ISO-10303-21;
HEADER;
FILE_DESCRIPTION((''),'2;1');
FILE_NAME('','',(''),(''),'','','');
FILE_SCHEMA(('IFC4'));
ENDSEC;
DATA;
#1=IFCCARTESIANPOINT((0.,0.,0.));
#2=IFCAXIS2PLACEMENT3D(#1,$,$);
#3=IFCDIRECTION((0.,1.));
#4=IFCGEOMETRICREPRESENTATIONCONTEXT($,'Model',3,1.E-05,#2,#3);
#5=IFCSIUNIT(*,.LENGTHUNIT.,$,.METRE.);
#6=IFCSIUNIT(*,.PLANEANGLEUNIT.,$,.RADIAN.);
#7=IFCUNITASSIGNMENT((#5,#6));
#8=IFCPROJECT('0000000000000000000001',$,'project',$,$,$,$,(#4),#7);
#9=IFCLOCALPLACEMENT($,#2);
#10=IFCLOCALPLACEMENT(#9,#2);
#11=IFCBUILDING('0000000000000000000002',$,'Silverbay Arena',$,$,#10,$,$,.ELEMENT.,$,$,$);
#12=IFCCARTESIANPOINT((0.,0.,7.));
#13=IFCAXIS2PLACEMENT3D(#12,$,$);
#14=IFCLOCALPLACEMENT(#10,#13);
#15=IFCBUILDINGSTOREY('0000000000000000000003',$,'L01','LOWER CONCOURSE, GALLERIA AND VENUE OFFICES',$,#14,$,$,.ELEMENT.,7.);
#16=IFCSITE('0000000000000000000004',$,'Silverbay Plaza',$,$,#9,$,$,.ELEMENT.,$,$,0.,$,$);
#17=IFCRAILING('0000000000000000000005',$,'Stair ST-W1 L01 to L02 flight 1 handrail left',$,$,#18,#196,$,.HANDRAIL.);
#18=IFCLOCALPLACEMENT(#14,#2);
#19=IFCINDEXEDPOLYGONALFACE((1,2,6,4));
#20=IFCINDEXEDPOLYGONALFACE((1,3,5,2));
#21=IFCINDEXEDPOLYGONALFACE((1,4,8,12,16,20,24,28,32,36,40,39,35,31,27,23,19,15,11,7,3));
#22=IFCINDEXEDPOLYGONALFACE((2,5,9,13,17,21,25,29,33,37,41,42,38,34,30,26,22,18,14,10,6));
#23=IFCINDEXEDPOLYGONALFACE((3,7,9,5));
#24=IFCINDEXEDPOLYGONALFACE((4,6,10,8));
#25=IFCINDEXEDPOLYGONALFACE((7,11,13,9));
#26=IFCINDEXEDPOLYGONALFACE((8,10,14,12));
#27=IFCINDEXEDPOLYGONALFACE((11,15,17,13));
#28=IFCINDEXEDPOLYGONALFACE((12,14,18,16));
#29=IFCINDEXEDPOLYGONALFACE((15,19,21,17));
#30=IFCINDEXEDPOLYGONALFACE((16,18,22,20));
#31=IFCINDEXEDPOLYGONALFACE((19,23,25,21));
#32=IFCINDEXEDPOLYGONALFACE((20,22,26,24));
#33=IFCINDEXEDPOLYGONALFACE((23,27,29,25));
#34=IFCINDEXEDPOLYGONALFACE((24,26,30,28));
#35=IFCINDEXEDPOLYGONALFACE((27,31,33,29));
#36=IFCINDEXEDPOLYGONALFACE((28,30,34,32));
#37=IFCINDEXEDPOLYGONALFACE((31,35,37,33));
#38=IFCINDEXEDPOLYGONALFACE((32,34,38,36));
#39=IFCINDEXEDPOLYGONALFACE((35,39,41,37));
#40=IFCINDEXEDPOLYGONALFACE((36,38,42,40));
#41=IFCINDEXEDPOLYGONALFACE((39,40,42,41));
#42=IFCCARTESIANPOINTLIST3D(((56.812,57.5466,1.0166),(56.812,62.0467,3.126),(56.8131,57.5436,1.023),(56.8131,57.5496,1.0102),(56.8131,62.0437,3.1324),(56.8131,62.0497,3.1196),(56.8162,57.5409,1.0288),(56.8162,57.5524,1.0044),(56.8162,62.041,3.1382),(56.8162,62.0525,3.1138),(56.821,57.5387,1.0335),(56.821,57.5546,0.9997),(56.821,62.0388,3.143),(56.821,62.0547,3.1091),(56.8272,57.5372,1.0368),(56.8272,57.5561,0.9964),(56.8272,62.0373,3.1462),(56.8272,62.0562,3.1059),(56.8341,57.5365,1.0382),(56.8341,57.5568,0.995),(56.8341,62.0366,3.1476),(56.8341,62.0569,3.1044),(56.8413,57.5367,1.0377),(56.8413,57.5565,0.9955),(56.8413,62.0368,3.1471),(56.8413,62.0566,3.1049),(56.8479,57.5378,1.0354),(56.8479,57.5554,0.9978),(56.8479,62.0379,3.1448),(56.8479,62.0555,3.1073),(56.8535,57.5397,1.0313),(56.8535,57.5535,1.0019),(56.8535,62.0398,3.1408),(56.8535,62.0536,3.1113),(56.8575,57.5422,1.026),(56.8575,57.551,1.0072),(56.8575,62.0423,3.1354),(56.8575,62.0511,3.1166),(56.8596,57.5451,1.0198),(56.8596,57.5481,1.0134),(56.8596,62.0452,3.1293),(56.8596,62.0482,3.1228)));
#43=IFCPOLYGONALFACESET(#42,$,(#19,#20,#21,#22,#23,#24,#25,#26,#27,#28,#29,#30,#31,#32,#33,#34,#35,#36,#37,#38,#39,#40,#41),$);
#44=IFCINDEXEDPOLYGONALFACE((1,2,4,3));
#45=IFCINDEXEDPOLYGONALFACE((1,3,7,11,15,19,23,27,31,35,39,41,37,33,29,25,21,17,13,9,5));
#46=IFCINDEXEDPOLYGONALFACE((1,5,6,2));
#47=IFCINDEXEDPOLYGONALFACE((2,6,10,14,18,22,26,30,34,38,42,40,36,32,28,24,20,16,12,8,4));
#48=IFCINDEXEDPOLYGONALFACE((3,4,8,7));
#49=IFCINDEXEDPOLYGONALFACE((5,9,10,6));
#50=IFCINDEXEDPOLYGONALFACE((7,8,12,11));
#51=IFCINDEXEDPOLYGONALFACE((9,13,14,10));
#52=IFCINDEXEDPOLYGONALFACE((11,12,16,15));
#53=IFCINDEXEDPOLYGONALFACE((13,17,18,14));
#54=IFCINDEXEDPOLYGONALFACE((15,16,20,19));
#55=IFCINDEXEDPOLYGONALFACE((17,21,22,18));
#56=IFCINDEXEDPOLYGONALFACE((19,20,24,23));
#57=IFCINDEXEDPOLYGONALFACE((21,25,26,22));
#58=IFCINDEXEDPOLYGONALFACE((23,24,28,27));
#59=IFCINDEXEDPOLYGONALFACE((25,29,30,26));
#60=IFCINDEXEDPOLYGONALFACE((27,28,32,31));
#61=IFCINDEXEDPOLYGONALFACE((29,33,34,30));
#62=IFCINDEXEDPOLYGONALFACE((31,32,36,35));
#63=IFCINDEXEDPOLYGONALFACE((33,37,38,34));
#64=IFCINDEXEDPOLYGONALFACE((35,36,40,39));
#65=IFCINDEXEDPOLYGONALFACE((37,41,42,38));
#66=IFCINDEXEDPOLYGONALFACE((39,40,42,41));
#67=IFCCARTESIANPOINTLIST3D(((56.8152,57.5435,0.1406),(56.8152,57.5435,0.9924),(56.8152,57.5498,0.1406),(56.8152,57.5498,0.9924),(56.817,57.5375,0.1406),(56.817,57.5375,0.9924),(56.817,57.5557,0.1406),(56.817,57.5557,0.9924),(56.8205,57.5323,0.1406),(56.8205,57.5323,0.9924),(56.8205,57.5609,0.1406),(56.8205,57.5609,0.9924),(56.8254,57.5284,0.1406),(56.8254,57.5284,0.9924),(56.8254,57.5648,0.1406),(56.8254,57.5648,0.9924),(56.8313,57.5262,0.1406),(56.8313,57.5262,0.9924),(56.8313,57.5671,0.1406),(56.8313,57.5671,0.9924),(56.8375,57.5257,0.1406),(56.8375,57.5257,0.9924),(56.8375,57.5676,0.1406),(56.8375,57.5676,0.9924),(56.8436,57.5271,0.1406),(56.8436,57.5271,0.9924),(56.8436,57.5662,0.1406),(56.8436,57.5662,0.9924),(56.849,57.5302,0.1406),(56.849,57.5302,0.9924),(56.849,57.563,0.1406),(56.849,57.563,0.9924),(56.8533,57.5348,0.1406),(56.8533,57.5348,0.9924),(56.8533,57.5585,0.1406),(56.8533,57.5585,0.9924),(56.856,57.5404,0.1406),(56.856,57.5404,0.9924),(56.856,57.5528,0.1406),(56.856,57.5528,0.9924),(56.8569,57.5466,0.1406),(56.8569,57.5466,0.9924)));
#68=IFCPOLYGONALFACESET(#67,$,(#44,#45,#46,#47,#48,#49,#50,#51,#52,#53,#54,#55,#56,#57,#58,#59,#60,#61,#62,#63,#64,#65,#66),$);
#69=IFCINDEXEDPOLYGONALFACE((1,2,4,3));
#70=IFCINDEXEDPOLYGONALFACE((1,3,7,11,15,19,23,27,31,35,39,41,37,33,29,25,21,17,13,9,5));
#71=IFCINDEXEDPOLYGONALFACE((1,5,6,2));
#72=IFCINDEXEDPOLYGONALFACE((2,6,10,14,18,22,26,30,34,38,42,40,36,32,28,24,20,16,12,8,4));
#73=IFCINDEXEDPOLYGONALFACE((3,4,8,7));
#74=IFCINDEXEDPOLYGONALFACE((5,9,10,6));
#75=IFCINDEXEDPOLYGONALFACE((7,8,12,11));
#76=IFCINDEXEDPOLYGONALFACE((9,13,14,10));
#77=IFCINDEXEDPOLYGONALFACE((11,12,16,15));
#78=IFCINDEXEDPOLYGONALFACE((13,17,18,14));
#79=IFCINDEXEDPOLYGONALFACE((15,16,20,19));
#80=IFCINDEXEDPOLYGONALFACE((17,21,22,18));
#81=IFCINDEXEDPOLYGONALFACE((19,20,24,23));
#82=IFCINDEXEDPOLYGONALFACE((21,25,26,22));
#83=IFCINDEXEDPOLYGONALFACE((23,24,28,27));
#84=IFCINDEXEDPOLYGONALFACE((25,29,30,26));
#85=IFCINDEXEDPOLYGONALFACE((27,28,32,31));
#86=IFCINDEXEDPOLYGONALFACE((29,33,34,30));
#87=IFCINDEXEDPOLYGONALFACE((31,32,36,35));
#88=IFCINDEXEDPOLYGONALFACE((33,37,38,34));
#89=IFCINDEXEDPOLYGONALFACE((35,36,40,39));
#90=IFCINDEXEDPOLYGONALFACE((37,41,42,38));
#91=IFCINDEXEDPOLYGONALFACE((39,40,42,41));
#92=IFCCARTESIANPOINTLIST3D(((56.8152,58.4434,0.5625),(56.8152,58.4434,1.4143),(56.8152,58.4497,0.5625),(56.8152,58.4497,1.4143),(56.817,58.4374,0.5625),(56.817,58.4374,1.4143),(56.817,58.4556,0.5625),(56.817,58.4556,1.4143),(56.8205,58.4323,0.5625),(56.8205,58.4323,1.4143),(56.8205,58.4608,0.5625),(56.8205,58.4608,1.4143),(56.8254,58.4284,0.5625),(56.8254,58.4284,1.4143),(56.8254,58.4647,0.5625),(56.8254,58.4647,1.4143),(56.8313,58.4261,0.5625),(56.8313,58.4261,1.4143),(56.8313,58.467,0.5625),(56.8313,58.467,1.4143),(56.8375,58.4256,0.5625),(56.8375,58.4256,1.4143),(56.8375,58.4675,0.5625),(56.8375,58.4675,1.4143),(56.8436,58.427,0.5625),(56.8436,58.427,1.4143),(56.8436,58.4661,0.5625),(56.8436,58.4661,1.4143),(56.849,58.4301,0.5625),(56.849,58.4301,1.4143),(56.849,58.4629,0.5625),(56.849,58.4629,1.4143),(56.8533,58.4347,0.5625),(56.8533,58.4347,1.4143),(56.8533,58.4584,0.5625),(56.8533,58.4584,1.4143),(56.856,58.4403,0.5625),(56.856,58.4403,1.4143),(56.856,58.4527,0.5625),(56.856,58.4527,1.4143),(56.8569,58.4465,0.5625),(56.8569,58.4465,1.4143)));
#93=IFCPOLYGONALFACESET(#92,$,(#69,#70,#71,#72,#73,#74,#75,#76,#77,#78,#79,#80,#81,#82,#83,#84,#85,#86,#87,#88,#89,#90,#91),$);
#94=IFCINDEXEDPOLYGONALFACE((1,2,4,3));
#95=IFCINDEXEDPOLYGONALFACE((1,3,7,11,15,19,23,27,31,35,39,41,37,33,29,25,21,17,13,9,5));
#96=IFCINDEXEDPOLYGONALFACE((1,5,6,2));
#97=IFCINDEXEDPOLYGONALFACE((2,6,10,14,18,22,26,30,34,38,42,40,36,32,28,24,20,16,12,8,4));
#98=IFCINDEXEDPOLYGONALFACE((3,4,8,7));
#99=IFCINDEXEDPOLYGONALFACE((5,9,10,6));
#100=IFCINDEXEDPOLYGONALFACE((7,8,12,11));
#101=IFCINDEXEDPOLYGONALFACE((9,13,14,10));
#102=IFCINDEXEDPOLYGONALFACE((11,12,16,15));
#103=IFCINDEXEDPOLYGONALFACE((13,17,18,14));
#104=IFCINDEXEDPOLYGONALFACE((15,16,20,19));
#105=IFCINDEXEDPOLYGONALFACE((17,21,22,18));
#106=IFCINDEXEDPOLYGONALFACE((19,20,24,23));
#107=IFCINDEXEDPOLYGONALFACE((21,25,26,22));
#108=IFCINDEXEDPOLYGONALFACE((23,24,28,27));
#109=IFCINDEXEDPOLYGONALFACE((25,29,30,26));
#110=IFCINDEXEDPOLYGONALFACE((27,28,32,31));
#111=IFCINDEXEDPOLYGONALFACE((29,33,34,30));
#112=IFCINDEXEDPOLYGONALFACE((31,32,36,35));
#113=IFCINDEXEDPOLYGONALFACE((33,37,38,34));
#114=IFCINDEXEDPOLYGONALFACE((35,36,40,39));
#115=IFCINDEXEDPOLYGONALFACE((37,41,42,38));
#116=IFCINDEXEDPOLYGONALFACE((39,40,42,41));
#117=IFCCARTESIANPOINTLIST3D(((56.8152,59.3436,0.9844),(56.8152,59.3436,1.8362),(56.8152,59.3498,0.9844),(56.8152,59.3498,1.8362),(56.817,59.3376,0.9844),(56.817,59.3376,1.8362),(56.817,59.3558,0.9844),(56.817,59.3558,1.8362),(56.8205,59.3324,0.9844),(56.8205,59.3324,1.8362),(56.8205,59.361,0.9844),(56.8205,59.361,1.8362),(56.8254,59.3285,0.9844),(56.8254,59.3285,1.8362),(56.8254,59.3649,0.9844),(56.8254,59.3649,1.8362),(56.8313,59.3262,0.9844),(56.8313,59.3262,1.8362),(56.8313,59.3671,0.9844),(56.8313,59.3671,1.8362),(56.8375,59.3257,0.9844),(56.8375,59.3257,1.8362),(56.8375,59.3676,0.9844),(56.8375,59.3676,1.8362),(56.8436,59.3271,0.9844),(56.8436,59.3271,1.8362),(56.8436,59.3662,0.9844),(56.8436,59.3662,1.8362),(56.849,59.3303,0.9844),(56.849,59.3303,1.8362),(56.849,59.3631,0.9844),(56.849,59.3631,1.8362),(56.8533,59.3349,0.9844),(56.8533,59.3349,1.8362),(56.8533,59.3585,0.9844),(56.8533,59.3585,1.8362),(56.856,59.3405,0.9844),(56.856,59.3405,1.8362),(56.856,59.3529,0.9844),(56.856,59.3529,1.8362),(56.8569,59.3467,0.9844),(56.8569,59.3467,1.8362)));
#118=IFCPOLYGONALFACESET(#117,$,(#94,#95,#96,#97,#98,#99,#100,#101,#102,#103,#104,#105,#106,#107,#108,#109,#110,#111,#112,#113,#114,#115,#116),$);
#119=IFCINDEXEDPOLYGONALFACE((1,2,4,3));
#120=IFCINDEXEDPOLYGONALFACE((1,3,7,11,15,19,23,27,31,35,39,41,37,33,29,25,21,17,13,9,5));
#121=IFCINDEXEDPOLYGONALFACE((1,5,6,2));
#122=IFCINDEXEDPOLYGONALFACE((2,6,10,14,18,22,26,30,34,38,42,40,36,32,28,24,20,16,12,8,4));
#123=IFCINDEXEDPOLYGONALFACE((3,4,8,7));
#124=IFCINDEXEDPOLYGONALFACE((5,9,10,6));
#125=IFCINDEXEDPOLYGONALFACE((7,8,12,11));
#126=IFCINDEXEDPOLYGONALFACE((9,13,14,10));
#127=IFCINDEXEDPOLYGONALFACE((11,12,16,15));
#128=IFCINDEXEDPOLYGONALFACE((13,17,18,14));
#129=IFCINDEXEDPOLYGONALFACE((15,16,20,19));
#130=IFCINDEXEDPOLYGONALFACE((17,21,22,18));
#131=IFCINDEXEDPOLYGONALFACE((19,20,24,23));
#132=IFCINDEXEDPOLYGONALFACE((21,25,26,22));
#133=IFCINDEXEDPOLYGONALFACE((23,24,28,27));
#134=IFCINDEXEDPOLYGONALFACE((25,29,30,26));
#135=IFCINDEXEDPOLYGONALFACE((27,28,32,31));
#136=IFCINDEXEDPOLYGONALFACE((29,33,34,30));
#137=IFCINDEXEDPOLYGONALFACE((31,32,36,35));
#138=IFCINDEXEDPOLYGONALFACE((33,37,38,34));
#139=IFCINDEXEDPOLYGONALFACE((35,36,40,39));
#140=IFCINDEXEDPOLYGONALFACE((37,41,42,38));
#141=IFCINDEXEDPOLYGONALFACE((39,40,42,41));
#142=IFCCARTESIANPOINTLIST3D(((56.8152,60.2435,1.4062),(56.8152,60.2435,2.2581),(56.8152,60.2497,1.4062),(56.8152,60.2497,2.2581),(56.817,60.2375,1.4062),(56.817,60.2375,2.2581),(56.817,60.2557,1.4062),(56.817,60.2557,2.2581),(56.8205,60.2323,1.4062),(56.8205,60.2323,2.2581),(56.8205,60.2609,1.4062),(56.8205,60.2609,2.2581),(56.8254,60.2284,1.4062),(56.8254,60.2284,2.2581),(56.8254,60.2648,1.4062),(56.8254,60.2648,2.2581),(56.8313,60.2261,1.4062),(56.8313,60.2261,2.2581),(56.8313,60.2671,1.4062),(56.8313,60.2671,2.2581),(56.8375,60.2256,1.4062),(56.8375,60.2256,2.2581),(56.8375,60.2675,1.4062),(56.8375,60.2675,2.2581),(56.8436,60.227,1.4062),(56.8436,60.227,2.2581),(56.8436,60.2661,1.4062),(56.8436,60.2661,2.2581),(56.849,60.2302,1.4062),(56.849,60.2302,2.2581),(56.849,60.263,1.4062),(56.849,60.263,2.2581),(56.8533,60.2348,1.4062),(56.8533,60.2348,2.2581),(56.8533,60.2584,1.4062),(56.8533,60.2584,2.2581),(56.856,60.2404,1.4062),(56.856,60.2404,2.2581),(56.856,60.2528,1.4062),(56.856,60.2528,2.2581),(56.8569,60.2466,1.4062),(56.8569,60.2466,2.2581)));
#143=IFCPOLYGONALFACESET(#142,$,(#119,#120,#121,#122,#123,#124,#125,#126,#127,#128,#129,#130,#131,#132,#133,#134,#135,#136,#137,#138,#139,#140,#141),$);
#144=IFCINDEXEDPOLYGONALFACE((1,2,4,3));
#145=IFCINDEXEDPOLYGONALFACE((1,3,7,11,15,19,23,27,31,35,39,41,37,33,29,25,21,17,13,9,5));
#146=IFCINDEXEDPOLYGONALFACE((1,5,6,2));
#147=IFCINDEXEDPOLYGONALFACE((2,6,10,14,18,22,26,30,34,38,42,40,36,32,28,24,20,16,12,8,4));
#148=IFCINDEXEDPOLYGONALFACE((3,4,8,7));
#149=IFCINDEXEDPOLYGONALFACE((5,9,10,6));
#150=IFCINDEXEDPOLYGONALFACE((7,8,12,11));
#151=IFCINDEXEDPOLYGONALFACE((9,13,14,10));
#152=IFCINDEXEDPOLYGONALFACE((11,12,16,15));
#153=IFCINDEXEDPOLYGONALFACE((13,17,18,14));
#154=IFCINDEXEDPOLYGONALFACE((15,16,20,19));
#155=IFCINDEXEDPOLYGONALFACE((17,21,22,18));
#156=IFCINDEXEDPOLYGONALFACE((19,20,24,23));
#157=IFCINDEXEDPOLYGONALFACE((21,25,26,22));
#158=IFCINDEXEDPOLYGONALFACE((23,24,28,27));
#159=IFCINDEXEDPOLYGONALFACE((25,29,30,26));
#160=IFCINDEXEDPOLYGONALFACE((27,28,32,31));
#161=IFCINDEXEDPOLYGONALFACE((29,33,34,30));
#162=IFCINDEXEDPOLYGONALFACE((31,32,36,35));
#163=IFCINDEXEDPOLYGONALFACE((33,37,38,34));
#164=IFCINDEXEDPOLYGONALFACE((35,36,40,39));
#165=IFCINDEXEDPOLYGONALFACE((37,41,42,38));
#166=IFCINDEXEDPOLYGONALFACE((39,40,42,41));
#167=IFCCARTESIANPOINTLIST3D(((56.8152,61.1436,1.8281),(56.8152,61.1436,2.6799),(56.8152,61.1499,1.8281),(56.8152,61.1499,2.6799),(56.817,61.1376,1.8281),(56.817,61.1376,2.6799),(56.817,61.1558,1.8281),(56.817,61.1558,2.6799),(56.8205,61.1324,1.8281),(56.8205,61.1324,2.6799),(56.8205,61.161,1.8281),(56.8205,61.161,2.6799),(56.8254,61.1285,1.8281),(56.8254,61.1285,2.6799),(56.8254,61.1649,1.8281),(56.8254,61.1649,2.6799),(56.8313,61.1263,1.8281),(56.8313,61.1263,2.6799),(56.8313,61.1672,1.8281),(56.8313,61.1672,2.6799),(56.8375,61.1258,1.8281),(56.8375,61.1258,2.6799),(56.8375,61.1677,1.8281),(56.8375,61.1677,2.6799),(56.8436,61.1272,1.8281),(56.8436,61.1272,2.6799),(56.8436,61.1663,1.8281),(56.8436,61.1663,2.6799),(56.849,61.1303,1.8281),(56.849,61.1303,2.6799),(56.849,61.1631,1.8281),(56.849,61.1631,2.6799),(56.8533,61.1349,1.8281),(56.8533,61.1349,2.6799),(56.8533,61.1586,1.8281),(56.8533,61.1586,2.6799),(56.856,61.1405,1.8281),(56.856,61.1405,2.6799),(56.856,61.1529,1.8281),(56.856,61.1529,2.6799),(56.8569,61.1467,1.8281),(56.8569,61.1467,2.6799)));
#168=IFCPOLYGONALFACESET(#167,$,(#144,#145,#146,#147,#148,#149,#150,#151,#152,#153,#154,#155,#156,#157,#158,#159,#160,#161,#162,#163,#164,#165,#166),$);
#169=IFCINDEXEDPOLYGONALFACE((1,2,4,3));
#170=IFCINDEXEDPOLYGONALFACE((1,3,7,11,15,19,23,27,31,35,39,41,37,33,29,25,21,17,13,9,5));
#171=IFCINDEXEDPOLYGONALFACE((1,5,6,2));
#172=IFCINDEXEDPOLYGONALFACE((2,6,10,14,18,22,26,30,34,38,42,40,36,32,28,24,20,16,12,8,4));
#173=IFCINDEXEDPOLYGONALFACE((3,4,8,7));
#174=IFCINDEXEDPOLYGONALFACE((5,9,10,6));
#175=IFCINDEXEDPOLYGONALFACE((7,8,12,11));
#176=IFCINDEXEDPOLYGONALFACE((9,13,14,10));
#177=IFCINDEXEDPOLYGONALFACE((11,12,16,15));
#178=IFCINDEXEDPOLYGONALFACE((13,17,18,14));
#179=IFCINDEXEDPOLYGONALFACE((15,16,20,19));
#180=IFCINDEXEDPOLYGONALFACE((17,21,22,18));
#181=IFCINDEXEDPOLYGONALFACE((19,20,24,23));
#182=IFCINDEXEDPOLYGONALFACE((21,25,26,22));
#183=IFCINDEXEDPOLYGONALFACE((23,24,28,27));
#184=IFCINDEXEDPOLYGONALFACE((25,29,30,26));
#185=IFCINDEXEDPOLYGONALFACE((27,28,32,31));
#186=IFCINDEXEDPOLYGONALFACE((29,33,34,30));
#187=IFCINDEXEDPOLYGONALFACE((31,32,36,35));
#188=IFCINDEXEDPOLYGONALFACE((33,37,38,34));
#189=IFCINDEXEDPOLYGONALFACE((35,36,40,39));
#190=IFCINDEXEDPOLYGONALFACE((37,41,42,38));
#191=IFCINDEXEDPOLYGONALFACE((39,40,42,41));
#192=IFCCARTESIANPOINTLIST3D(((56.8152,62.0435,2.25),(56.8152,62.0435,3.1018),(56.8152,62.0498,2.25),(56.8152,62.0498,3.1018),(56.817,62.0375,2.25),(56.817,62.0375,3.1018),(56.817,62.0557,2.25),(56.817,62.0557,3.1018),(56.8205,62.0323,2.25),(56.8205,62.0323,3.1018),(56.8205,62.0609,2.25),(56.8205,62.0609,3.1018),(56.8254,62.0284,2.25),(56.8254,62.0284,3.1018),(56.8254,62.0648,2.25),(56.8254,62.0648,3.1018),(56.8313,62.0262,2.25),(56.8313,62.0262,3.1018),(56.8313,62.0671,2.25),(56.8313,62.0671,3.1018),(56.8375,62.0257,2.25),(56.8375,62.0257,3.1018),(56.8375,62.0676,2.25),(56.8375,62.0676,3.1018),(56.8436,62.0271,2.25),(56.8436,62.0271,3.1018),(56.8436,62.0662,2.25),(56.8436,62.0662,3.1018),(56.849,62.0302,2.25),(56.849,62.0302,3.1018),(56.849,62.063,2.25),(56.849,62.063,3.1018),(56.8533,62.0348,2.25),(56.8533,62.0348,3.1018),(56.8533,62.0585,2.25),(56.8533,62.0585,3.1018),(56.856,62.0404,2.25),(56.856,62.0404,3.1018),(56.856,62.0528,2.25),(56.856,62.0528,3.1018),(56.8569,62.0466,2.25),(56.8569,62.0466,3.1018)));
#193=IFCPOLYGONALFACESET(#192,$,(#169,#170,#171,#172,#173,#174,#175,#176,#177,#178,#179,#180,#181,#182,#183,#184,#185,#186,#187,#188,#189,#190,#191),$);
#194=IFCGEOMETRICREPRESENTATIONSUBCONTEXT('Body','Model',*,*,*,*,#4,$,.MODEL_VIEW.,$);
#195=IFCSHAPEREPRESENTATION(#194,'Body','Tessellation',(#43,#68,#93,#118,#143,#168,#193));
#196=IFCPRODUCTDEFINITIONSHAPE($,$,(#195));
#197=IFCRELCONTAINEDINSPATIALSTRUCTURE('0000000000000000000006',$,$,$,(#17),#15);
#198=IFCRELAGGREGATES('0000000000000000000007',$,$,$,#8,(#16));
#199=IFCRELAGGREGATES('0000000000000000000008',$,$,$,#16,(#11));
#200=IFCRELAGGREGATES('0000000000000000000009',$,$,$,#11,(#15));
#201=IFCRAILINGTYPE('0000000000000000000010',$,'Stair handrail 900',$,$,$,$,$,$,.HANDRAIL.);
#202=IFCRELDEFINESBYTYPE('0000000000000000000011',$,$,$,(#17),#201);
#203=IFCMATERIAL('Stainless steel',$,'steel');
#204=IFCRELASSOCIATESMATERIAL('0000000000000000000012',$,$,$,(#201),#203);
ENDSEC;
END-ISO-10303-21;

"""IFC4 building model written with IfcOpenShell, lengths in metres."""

from ifc_helpers import new_model, si_unit, direction, frame, origin, origin_2d, place, context, subcontext, project, spatial, circle, extrude, material, type_object, element, save


model = new_model("IFC4")

# Units and contexts
model_context = context("Model", 3, precision=1e-05, world=origin(), true_north=direction((0.0, 1.0)))
body_context = subcontext(model_context, "Body", "Model", "MODEL_VIEW")
ifc_project = project(units=[si_unit("LENGTHUNIT", "METRE"), si_unit("PLANEANGLEUNIT", "RADIAN")], contexts=[model_context])

# Site, building, storey
site_placement = place(None, origin())
site = spatial("IfcSite", under=ifc_project, at=site_placement, Name="Silverbay Plaza", CompositionType="ELEMENT", RefElevation=0.0)
building_placement = place(site_placement, origin())
building = spatial("IfcBuilding", under=site, at=building_placement, Name="Silverbay Arena", CompositionType="ELEMENT")
storey_placement = place(building_placement, frame((0.0, 0.0, 7.0)))
storey = spatial("IfcBuildingStorey", under=building, at=storey_placement, Name="L01", Description="LOWER CONCOURSE, GALLERIA AND VENUE OFFICES", CompositionType="ELEMENT", Elevation=7.0)

# Railing
ifc_material_1 = material(Name="Stainless steel", Category="steel")
railing_type_1 = type_object("IfcRailingType", Name="Stair handrail 900", PredefinedType="HANDRAIL", material=ifc_material_1)
for number, where, name in (
    (1, (56.8359, 57.5466, 0.1406), "Stair ST-W1 L01 to L02 flight 1 handrail left"),
):
    element("IfcRailing", number, at=place(storey_placement, frame(where)), inside=storey, type_object=railing_type_1, Name=name, PredefinedType="HANDRAIL", context=body_context, shape_type="SweptSolid", body=[
        extrude(circle(Radius=0.0239, at=origin_2d()), frame((0.0, 0.0, 0.876), z_axis=(0.0, 0.905459, 0.424434), x_axis=(-1.0, 0.0, 0.0)), (0.0, 0.0, 1.0), 4.97),
        extrude(circle(Radius=0.021, at=origin_2d()), origin(), (0.0, 0.0, 1.0), 0.8518),
        extrude(circle(Radius=0.021, at=origin_2d()), frame((0.0, 0.8999, 0.4219)), (0.0, 0.0, 1.0), 0.8518),
        extrude(circle(Radius=0.021, at=origin_2d()), frame((0.0, 1.8, 0.8438)), (0.0, 0.0, 1.0), 0.8518),
        extrude(circle(Radius=0.021, at=origin_2d()), frame((0.0, 2.7, 1.2656)), (0.0, 0.0, 1.0), 0.8518),
        extrude(circle(Radius=0.021, at=origin_2d()), frame((0.0, 3.6001, 1.6875)), (0.0, 0.0, 1.0), 0.8518),
        extrude(circle(Radius=0.021, at=origin_2d()), frame((0.0, 4.5, 2.1094)), (0.0, 0.0, 1.0), 0.8518),
    ])

save(model, "model.ifc")
